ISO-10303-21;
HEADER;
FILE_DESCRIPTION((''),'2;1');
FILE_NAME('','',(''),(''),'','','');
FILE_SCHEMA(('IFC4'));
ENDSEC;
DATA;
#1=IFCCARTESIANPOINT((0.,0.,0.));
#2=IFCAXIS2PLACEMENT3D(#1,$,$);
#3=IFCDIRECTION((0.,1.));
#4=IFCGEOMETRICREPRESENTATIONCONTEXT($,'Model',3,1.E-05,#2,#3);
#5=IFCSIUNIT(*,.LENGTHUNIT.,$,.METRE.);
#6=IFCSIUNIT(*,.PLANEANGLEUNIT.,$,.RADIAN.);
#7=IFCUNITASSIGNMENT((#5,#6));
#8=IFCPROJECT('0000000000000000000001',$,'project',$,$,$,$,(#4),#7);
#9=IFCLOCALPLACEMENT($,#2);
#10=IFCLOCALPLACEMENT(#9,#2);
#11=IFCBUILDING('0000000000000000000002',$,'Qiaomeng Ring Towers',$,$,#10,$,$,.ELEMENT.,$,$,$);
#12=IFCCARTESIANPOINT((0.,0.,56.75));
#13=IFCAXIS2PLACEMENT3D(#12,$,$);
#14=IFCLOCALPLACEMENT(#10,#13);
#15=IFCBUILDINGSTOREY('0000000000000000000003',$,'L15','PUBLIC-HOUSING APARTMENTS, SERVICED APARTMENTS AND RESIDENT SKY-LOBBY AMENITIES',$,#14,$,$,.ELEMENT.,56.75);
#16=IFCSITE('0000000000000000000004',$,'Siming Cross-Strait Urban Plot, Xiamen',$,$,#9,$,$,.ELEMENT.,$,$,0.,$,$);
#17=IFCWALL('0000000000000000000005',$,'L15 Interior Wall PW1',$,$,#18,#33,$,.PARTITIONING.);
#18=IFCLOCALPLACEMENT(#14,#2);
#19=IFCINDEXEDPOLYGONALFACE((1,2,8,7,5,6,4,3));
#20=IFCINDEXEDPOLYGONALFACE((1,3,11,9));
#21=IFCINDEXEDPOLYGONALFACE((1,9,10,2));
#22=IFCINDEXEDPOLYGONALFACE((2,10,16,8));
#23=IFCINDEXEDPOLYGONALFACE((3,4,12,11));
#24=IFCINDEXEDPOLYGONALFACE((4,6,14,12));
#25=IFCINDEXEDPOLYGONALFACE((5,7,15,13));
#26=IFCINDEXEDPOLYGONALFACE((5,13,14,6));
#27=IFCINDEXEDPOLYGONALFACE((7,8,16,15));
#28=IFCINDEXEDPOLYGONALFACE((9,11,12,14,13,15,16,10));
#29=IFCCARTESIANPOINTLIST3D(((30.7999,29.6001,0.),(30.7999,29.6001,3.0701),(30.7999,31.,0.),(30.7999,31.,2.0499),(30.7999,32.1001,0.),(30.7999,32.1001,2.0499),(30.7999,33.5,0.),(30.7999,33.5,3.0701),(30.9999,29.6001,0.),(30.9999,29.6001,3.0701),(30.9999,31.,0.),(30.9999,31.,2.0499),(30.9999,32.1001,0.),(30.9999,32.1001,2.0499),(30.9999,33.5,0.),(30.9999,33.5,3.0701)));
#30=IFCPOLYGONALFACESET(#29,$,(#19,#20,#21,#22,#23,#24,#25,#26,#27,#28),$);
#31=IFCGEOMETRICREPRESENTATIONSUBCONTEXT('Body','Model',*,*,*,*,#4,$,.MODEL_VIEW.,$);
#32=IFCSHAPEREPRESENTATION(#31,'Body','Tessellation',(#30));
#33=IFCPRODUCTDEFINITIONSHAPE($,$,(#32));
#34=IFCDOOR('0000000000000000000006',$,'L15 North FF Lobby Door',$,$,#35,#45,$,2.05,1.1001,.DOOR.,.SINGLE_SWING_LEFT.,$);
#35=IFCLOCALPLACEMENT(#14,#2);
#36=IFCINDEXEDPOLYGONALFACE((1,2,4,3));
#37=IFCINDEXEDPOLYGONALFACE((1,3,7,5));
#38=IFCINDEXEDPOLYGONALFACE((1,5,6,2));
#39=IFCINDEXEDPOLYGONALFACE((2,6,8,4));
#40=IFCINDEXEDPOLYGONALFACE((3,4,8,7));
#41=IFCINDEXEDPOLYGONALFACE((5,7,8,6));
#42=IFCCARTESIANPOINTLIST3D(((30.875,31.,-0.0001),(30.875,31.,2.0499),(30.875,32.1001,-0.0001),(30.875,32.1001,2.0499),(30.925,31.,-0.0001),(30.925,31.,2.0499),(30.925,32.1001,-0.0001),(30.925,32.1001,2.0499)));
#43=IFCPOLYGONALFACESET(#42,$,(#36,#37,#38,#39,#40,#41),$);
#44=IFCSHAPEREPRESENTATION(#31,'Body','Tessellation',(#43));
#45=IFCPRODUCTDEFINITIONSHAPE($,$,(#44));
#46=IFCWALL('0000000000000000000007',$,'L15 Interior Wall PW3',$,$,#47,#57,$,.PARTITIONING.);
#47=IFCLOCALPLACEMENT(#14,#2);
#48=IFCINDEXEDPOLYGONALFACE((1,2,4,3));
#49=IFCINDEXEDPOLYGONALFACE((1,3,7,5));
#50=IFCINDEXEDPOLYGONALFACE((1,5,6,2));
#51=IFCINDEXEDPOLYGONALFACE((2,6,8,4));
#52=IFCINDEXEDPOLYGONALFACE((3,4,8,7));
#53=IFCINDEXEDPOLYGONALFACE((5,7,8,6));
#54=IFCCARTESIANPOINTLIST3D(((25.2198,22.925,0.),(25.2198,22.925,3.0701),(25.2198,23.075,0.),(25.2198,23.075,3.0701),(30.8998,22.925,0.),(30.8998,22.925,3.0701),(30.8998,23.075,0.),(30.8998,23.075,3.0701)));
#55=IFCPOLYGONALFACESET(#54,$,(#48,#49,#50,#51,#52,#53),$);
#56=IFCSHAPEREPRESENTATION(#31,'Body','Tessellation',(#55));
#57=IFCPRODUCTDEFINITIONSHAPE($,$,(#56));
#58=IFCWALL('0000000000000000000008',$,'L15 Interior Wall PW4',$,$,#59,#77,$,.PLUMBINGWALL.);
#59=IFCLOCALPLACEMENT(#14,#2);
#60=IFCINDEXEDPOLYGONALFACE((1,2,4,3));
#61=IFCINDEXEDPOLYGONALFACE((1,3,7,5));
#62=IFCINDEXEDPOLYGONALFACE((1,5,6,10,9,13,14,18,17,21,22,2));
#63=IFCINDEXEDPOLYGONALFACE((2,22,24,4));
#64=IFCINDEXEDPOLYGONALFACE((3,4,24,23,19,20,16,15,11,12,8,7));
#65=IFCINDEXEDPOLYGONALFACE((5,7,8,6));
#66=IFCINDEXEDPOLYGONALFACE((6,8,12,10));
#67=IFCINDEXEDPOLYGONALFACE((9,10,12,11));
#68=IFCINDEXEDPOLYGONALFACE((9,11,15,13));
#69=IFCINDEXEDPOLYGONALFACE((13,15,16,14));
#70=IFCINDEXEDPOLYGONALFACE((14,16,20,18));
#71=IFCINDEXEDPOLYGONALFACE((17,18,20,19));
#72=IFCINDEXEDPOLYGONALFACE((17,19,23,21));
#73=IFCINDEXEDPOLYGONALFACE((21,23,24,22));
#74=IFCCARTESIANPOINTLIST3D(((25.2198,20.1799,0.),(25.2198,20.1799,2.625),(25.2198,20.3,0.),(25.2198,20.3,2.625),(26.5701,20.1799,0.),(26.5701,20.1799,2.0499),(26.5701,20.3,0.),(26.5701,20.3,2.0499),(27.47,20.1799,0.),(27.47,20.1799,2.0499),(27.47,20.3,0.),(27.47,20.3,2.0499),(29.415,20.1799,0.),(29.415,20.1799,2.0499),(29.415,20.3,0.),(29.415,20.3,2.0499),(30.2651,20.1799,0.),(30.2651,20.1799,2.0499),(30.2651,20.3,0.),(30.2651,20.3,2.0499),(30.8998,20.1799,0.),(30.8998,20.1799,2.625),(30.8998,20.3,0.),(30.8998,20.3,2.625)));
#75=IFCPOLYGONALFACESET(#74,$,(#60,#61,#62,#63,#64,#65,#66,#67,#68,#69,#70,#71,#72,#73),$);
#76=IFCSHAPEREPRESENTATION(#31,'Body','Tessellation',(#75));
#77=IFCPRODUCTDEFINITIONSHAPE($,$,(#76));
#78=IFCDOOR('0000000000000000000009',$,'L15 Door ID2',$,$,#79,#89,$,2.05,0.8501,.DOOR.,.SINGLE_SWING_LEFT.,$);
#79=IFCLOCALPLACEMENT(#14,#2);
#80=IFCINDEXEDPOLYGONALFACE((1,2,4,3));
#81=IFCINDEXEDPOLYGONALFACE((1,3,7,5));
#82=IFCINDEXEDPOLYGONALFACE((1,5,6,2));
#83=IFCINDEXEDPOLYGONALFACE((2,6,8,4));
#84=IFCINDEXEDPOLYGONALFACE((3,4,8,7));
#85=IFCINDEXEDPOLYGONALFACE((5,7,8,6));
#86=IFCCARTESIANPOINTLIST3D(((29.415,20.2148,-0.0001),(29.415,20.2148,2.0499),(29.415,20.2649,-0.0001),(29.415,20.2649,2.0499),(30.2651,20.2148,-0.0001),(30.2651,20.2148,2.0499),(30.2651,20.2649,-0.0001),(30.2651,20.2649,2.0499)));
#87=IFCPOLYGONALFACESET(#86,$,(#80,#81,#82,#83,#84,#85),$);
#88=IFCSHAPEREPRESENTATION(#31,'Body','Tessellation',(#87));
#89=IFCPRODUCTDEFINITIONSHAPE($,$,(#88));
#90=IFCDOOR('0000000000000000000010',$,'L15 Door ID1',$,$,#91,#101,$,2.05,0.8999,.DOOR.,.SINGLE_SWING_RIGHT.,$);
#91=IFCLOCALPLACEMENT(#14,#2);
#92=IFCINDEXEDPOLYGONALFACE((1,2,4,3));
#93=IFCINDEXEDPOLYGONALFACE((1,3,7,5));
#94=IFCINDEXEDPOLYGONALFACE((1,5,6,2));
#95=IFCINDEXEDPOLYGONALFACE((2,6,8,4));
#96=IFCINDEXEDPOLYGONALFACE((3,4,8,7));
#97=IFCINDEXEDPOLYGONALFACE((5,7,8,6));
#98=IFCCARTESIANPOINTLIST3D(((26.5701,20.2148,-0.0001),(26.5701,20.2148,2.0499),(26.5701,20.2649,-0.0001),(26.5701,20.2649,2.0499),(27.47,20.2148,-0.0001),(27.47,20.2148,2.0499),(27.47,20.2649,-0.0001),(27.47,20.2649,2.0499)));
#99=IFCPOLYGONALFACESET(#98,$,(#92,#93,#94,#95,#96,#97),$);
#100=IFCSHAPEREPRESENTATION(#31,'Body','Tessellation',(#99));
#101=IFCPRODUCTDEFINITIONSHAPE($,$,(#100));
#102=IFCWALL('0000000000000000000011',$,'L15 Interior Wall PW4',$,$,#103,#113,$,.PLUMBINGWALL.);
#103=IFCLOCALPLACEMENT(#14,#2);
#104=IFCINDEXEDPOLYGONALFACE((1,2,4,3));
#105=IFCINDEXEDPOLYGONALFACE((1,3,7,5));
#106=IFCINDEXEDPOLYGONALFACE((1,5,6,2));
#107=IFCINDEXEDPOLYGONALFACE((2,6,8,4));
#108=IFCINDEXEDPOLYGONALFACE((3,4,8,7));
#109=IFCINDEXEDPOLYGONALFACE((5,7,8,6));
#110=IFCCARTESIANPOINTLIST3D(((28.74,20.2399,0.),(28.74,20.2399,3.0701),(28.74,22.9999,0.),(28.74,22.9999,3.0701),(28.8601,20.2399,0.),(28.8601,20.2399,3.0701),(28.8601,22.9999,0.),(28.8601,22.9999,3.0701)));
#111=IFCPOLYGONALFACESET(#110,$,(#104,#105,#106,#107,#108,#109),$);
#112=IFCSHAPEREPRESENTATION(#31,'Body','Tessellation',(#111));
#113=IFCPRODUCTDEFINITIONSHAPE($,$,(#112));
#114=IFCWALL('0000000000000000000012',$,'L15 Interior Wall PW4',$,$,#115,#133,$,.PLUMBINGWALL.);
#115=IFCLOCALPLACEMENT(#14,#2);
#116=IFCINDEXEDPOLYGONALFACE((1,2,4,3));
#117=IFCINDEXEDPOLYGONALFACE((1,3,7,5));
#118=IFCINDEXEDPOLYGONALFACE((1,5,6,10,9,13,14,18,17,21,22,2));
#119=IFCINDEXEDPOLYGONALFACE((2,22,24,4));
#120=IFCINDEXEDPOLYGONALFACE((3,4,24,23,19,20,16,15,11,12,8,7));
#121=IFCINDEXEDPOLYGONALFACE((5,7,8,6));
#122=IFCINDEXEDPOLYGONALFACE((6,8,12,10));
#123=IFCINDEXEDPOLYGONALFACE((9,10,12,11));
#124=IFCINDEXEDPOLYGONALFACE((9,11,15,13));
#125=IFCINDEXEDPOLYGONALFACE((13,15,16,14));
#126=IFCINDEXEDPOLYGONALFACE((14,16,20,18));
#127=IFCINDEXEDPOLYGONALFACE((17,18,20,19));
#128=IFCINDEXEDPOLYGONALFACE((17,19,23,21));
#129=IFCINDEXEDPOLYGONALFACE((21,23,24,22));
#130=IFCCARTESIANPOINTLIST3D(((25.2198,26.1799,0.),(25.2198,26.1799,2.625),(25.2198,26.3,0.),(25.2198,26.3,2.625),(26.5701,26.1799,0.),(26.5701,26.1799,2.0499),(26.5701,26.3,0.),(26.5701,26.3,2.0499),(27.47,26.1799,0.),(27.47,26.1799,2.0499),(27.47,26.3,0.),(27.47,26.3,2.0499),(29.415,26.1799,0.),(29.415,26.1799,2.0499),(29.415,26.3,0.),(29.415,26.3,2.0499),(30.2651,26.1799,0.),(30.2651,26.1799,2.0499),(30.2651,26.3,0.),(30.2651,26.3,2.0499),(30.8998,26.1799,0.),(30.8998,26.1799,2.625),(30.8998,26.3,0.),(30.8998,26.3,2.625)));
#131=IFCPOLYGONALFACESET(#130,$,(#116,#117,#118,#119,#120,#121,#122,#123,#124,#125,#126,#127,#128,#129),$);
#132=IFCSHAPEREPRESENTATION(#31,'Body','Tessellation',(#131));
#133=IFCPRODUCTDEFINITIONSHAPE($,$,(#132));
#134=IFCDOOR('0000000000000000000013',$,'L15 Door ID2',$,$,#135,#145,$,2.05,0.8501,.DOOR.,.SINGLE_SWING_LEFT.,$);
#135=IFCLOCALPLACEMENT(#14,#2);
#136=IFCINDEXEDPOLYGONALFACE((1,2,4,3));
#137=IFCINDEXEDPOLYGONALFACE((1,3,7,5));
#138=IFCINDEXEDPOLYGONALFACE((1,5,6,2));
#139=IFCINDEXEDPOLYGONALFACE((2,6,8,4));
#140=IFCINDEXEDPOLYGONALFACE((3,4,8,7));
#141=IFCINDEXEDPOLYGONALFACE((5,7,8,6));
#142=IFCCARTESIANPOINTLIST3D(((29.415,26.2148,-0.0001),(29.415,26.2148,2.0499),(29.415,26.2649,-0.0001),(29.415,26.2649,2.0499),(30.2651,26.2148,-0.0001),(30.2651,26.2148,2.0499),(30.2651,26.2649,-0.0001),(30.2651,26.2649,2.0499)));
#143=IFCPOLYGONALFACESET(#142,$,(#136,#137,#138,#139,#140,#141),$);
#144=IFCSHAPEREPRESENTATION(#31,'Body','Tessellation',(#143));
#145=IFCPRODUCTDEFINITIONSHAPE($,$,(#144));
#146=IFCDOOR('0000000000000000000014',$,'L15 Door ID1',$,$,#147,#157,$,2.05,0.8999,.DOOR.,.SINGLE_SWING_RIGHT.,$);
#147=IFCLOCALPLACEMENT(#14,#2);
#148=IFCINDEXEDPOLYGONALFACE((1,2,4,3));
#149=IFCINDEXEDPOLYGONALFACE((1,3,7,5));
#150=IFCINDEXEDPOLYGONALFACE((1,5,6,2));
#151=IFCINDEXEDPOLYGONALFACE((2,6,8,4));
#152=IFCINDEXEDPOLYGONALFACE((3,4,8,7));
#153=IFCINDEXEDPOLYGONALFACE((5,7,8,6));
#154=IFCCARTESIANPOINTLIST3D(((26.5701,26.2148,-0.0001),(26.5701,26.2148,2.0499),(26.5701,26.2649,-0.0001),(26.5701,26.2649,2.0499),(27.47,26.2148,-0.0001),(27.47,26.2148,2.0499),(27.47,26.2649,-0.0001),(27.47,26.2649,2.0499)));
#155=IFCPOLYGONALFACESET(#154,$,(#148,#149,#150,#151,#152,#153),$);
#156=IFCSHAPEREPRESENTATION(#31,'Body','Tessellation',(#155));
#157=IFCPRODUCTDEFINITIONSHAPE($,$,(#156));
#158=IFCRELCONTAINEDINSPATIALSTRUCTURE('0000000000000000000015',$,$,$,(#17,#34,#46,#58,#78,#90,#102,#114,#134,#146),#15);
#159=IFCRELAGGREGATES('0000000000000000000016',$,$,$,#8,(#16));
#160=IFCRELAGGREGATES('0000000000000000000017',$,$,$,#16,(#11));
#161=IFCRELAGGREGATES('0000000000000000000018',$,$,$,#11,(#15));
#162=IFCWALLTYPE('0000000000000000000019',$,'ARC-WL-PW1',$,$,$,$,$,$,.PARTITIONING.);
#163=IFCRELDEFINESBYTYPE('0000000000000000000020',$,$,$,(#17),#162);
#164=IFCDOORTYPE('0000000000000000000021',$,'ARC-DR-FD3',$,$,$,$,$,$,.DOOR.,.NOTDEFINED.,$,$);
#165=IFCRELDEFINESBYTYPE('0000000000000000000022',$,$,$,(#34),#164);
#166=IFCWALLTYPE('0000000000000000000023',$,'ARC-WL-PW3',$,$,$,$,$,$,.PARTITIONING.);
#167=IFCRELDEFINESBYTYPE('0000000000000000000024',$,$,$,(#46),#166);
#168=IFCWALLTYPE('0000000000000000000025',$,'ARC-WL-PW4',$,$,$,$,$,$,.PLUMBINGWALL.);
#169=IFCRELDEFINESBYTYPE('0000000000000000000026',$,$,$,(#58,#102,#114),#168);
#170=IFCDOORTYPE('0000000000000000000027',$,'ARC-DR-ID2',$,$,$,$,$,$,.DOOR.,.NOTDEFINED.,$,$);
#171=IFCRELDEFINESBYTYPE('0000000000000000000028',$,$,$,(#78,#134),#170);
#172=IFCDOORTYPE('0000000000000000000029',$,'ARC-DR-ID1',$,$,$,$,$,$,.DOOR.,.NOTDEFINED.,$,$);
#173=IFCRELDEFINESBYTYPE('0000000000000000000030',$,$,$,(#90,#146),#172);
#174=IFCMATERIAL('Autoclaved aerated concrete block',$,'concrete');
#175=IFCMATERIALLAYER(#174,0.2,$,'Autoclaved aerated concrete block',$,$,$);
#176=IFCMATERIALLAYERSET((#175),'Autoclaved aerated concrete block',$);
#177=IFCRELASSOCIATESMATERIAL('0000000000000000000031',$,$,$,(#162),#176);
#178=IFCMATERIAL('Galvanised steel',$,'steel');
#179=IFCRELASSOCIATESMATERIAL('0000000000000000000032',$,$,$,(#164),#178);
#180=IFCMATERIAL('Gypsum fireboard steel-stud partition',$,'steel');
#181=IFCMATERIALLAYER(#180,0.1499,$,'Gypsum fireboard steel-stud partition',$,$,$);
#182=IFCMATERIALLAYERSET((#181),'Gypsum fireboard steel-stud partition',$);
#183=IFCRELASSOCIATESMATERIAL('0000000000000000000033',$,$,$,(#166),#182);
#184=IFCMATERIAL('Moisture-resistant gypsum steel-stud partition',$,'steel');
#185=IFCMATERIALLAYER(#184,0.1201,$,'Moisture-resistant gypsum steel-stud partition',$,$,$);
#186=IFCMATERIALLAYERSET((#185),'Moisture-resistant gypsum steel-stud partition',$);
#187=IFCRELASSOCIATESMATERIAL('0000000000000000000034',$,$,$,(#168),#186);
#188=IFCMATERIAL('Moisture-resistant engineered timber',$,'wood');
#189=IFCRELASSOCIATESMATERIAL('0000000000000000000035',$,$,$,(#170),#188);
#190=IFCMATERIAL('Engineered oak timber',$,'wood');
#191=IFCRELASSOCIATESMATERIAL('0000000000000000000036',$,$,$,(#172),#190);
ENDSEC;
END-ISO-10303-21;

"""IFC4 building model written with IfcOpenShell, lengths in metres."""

from ifc_helpers import new_model, si_unit, direction, frame, frame_2d, origin, place, context, subcontext, project, spatial, rectangle, extrude, source, transform, mapped, material, layer, layer_set, type_object, element, fill, save


model = new_model("IFC4")

# Units and contexts
model_context = context("Model", 3, precision=1e-05, world=origin(), true_north=direction((0.0, 1.0)))
body_context = subcontext(model_context, "Body", "Model", "MODEL_VIEW")
ifc_project = project(units=[si_unit("LENGTHUNIT", "METRE"), si_unit("PLANEANGLEUNIT", "RADIAN")], contexts=[model_context])

# Site, building, storey
site_placement = place(None, origin())
site = spatial("IfcSite", under=ifc_project, at=site_placement, Name="Siming Cross-Strait Urban Plot, Xiamen", CompositionType="ELEMENT", RefElevation=0.0)
building_placement = place(site_placement, origin())
building = spatial("IfcBuilding", under=site, at=building_placement, Name="Qiaomeng Ring Towers", CompositionType="ELEMENT")
storey_placement = place(building_placement, frame((0.0, 0.0, 56.75)))
storey = spatial("IfcBuildingStorey", under=building, at=storey_placement, Name="L15", Description="PUBLIC-HOUSING APARTMENTS, SERVICED APARTMENTS AND RESIDENT SKY-LOBBY AMENITIES", CompositionType="ELEMENT", Elevation=56.75)

# Shared definitions
ifc_material_1 = material(Name="Autoclaved aerated concrete block", Category="concrete")
ifc_layer_1 = layer(ifc_material_1, 0.2, Name="Autoclaved aerated concrete block")
ifc_layer_set_1 = layer_set([ifc_layer_1], Name="Autoclaved aerated concrete block")
wall_type_1 = type_object("IfcWallType", Name="ARC-WL-PW1", PredefinedType="PARTITIONING", material=ifc_layer_set_1)

# Wall, opening, door
wall_1_placement = place(storey_placement, frame((30.8999, 29.6001, 0.0), z_axis=(0.0, 0.0, 1.0), x_axis=(0.0, 1.0, 0.0)))
wall_1 = element("IfcWall", 1, at=wall_1_placement, inside=storey, type_object=wall_type_1, Name="L15 Interior Wall PW1", PredefinedType="PARTITIONING", context=body_context, shape_type="SweptSolid", body=[
    extrude(rectangle(XDim=3.8999, YDim=0.2, at=frame_2d((1.95, 0.0))), origin(), (0.0, 0.0, 1.0), 3.0701),
])
opening_1_placement = place(wall_1_placement, frame((1.3999, 0.0, 0.0)))
opening_1 = element("IfcOpeningElement", 2, at=opening_1_placement, cuts=wall_1, PredefinedType="OPENING", context=body_context, shape_type="SweptSolid", body=[
    extrude(rectangle(XDim=1.1001, YDim=2.05, at=frame_2d((0.55, 1.0249))), frame((0.0, 0.1099, 0.0), z_axis=(0.0, -1.0, 0.0), x_axis=(1.0, 0.0, 0.0)), (0.0, 0.0, 1.0), 0.22),
])
ifc_material_2 = material(Name="Galvanised steel", Category="steel")
door_type_1 = type_object("IfcDoorType", Name="ARC-DR-FD3", OperationType="NOTDEFINED", PredefinedType="DOOR", material=ifc_material_2)
shared_shape_1 = source(origin(), body_context, "Body", "SweptSolid", [
    extrude(rectangle(XDim=1.1001, YDim=2.05, at=frame_2d((0.55, 1.0249))), frame((0.0, 0.0249, 0.0), z_axis=(0.0, -1.0, 0.0), x_axis=(1.0, 0.0, 0.0)), (0.0, 0.0, 1.0), 0.05),
])
door_1_placement = place(opening_1_placement, origin())
door_1 = element("IfcDoor", 3, at=door_1_placement, inside=storey, type_object=door_type_1, Name="L15 North FF Lobby Door", OperationType="SINGLE_SWING_LEFT", OverallHeight=2.05, OverallWidth=1.1001, PredefinedType="DOOR", context=body_context, shape_type="MappedRepresentation", body=[
    mapped(shared_shape_1, transform((0.0, 0.0, 0.0), x_axis=(1.0, 0.0, 0.0), y_axis=(0.0, 1.0, 0.0), z_axis=(0.0, 0.0, 1.0), scale=1.0)),
])
fill(opening_1, door_1)

# Wall
ifc_material_3 = material(Name="Gypsum fireboard steel-stud partition", Category="steel")
ifc_layer_2 = layer(ifc_material_3, 0.1499, Name="Gypsum fireboard steel-stud partition")
ifc_layer_set_2 = layer_set([ifc_layer_2], Name="Gypsum fireboard steel-stud partition")
wall_type_2 = type_object("IfcWallType", Name="ARC-WL-PW3", PredefinedType="PARTITIONING", material=ifc_layer_set_2)
wall_2_placement = place(storey_placement, frame((25.22, 23.0, 0.0), z_axis=(0.0, 0.0, 1.0), x_axis=(1.0, 0.0, 0.0)))
element("IfcWall", 4, at=wall_2_placement, inside=storey, type_object=wall_type_2, Name="L15 Interior Wall PW3", PredefinedType="PARTITIONING", context=body_context, shape_type="SweptSolid", body=[
    extrude(rectangle(XDim=5.6799, YDim=0.1499, at=frame_2d((2.8398, 0.0))), origin(), (0.0, 0.0, 1.0), 3.0701),
])

# Wall, openings, doors
ifc_material_4 = material(Name="Moisture-resistant gypsum steel-stud partition", Category="steel")
ifc_layer_3 = layer(ifc_material_4, 0.1201, Name="Moisture-resistant gypsum steel-stud partition")
ifc_layer_set_3 = layer_set([ifc_layer_3], Name="Moisture-resistant gypsum steel-stud partition")
wall_type_3 = type_object("IfcWallType", Name="ARC-WL-PW4", PredefinedType="PLUMBINGWALL", material=ifc_layer_set_3)
wall_3_placement = place(storey_placement, frame((25.22, 20.24, 0.0), z_axis=(0.0, 0.0, 1.0), x_axis=(1.0, 0.0, 0.0)))
wall_3 = element("IfcWall", 5, at=wall_3_placement, inside=storey, type_object=wall_type_3, Name="L15 Interior Wall PW4", PredefinedType="PLUMBINGWALL", context=body_context, shape_type="SweptSolid", body=[
    extrude(rectangle(XDim=5.6799, YDim=0.1201, at=frame_2d((2.8398, 0.0))), origin(), (0.0, 0.0, 1.0), 2.625),
])
opening_2_placement = place(wall_3_placement, frame((1.3501, 0.0, 0.0)))
opening_2 = element("IfcOpeningElement", 6, at=opening_2_placement, cuts=wall_3, PredefinedType="OPENING", context=body_context, shape_type="SweptSolid", body=[
    extrude(rectangle(XDim=0.8999, YDim=2.05, at=frame_2d((0.45, 1.0249))), frame((0.0, 0.0701, 0.0), z_axis=(0.0, -1.0, 0.0), x_axis=(1.0, 0.0, 0.0)), (0.0, 0.0, 1.0), 0.1401),
])
opening_3_placement = place(wall_3_placement, frame((4.1951, 0.0, 0.0)))
opening_3 = element("IfcOpeningElement", 7, at=opening_3_placement, cuts=wall_3, PredefinedType="OPENING", context=body_context, shape_type="SweptSolid", body=[
    extrude(rectangle(XDim=0.8501, YDim=2.05, at=frame_2d((0.425, 1.0249))), frame((0.0, 0.0701, 0.0), z_axis=(0.0, -1.0, 0.0), x_axis=(1.0, 0.0, 0.0)), (0.0, 0.0, 1.0), 0.1401),
])
ifc_material_5 = material(Name="Moisture-resistant engineered timber", Category="wood")
door_type_2 = type_object("IfcDoorType", Name="ARC-DR-ID2", OperationType="NOTDEFINED", PredefinedType="DOOR", material=ifc_material_5)
shared_shape_2 = source(origin(), body_context, "Body", "SweptSolid", [
    extrude(rectangle(XDim=0.8501, YDim=2.05, at=frame_2d((0.425, 1.0249))), frame((0.0, 0.0249, 0.0), z_axis=(0.0, -1.0, 0.0), x_axis=(1.0, 0.0, 0.0)), (0.0, 0.0, 1.0), 0.05),
])
door_2_placement = place(opening_3_placement, origin())
door_2 = element("IfcDoor", 8, at=door_2_placement, inside=storey, type_object=door_type_2, Name="L15 Door ID2", OperationType="SINGLE_SWING_LEFT", OverallHeight=2.05, OverallWidth=0.8501, PredefinedType="DOOR", context=body_context, shape_type="MappedRepresentation", body=[
    mapped(shared_shape_2, transform((0.0, 0.0, 0.0), x_axis=(1.0, 0.0, 0.0), y_axis=(0.0, 1.0, 0.0), z_axis=(0.0, 0.0, 1.0), scale=1.0)),
])
fill(opening_3, door_2)
ifc_material_6 = material(Name="Engineered oak timber", Category="wood")
door_type_3 = type_object("IfcDoorType", Name="ARC-DR-ID1", OperationType="NOTDEFINED", PredefinedType="DOOR", material=ifc_material_6)
shared_shape_3 = source(origin(), body_context, "Body", "SweptSolid", [
    extrude(rectangle(XDim=0.8999, YDim=2.05, at=frame_2d((0.45, 1.0249))), frame((0.0, 0.0249, 0.0), z_axis=(0.0, -1.0, 0.0), x_axis=(1.0, 0.0, 0.0)), (0.0, 0.0, 1.0), 0.05),
])
door_3_placement = place(opening_2_placement, origin())
door_3 = element("IfcDoor", 9, at=door_3_placement, inside=storey, type_object=door_type_3, Name="L15 Door ID1", OperationType="SINGLE_SWING_RIGHT", OverallHeight=2.05, OverallWidth=0.8999, PredefinedType="DOOR", context=body_context, shape_type="MappedRepresentation", body=[
    mapped(shared_shape_3, transform((0.0, 0.0, 0.0), x_axis=(1.0, 0.0, 0.0), y_axis=(0.0, 1.0, 0.0), z_axis=(0.0, 0.0, 1.0), scale=1.0)),
])
fill(opening_2, door_3)

# Wall
wall_4_placement = place(storey_placement, frame((28.8, 20.24, 0.0), z_axis=(0.0, 0.0, 1.0), x_axis=(0.0, 1.0, 0.0)))
element("IfcWall", 10, at=wall_4_placement, inside=storey, type_object=wall_type_3, Name="L15 Interior Wall PW4", PredefinedType="PLUMBINGWALL", context=body_context, shape_type="SweptSolid", body=[
    extrude(rectangle(XDim=2.76, YDim=0.1201, at=frame_2d((1.3799, 0.0))), origin(), (0.0, 0.0, 1.0), 3.0701),
])

# Wall, openings, doors
wall_5_placement = place(storey_placement, frame((25.22, 26.24, 0.0), z_axis=(0.0, 0.0, 1.0), x_axis=(1.0, 0.0, 0.0)))
wall_5 = element("IfcWall", 11, at=wall_5_placement, inside=storey, type_object=wall_type_3, Name="L15 Interior Wall PW4", PredefinedType="PLUMBINGWALL", context=body_context, shape_type="SweptSolid", body=[
    extrude(rectangle(XDim=5.6799, YDim=0.1201, at=frame_2d((2.8398, 0.0))), origin(), (0.0, 0.0, 1.0), 2.625),
])
opening_4_placement = place(wall_5_placement, frame((1.3501, 0.0, 0.0)))
opening_4 = element("IfcOpeningElement", 12, at=opening_4_placement, cuts=wall_5, PredefinedType="OPENING", context=body_context, shape_type="SweptSolid", body=[
    extrude(rectangle(XDim=0.8999, YDim=2.05, at=frame_2d((0.45, 1.0249))), frame((0.0, 0.0701, 0.0), z_axis=(0.0, -1.0, 0.0), x_axis=(1.0, 0.0, 0.0)), (0.0, 0.0, 1.0), 0.1401),
])
opening_5_placement = place(wall_5_placement, frame((4.1951, 0.0, 0.0)))
opening_5 = element("IfcOpeningElement", 13, at=opening_5_placement, cuts=wall_5, PredefinedType="OPENING", context=body_context, shape_type="SweptSolid", body=[
    extrude(rectangle(XDim=0.8501, YDim=2.05, at=frame_2d((0.425, 1.0249))), frame((0.0, 0.0701, 0.0), z_axis=(0.0, -1.0, 0.0), x_axis=(1.0, 0.0, 0.0)), (0.0, 0.0, 1.0), 0.1401),
])
door_4_placement = place(opening_5_placement, origin())
door_4 = element("IfcDoor", 14, at=door_4_placement, inside=storey, type_object=door_type_2, Name="L15 Door ID2", OperationType="SINGLE_SWING_LEFT", OverallHeight=2.05, OverallWidth=0.8501, PredefinedType="DOOR", context=body_context, shape_type="MappedRepresentation", body=[
    mapped(shared_shape_2, transform((0.0, 0.0, 0.0), x_axis=(1.0, 0.0, 0.0), y_axis=(0.0, 1.0, 0.0), z_axis=(0.0, 0.0, 1.0), scale=1.0)),
])
fill(opening_5, door_4)
door_5_placement = place(opening_4_placement, origin())
door_5 = element("IfcDoor", 15, at=door_5_placement, inside=storey, type_object=door_type_3, Name="L15 Door ID1", OperationType="SINGLE_SWING_RIGHT", OverallHeight=2.05, OverallWidth=0.8999, PredefinedType="DOOR", context=body_context, shape_type="MappedRepresentation", body=[
    mapped(shared_shape_3, transform((0.0, 0.0, 0.0), x_axis=(1.0, 0.0, 0.0), y_axis=(0.0, 1.0, 0.0), z_axis=(0.0, 0.0, 1.0), scale=1.0)),
])
fill(opening_4, door_5)

save(model, "model.ifc")
